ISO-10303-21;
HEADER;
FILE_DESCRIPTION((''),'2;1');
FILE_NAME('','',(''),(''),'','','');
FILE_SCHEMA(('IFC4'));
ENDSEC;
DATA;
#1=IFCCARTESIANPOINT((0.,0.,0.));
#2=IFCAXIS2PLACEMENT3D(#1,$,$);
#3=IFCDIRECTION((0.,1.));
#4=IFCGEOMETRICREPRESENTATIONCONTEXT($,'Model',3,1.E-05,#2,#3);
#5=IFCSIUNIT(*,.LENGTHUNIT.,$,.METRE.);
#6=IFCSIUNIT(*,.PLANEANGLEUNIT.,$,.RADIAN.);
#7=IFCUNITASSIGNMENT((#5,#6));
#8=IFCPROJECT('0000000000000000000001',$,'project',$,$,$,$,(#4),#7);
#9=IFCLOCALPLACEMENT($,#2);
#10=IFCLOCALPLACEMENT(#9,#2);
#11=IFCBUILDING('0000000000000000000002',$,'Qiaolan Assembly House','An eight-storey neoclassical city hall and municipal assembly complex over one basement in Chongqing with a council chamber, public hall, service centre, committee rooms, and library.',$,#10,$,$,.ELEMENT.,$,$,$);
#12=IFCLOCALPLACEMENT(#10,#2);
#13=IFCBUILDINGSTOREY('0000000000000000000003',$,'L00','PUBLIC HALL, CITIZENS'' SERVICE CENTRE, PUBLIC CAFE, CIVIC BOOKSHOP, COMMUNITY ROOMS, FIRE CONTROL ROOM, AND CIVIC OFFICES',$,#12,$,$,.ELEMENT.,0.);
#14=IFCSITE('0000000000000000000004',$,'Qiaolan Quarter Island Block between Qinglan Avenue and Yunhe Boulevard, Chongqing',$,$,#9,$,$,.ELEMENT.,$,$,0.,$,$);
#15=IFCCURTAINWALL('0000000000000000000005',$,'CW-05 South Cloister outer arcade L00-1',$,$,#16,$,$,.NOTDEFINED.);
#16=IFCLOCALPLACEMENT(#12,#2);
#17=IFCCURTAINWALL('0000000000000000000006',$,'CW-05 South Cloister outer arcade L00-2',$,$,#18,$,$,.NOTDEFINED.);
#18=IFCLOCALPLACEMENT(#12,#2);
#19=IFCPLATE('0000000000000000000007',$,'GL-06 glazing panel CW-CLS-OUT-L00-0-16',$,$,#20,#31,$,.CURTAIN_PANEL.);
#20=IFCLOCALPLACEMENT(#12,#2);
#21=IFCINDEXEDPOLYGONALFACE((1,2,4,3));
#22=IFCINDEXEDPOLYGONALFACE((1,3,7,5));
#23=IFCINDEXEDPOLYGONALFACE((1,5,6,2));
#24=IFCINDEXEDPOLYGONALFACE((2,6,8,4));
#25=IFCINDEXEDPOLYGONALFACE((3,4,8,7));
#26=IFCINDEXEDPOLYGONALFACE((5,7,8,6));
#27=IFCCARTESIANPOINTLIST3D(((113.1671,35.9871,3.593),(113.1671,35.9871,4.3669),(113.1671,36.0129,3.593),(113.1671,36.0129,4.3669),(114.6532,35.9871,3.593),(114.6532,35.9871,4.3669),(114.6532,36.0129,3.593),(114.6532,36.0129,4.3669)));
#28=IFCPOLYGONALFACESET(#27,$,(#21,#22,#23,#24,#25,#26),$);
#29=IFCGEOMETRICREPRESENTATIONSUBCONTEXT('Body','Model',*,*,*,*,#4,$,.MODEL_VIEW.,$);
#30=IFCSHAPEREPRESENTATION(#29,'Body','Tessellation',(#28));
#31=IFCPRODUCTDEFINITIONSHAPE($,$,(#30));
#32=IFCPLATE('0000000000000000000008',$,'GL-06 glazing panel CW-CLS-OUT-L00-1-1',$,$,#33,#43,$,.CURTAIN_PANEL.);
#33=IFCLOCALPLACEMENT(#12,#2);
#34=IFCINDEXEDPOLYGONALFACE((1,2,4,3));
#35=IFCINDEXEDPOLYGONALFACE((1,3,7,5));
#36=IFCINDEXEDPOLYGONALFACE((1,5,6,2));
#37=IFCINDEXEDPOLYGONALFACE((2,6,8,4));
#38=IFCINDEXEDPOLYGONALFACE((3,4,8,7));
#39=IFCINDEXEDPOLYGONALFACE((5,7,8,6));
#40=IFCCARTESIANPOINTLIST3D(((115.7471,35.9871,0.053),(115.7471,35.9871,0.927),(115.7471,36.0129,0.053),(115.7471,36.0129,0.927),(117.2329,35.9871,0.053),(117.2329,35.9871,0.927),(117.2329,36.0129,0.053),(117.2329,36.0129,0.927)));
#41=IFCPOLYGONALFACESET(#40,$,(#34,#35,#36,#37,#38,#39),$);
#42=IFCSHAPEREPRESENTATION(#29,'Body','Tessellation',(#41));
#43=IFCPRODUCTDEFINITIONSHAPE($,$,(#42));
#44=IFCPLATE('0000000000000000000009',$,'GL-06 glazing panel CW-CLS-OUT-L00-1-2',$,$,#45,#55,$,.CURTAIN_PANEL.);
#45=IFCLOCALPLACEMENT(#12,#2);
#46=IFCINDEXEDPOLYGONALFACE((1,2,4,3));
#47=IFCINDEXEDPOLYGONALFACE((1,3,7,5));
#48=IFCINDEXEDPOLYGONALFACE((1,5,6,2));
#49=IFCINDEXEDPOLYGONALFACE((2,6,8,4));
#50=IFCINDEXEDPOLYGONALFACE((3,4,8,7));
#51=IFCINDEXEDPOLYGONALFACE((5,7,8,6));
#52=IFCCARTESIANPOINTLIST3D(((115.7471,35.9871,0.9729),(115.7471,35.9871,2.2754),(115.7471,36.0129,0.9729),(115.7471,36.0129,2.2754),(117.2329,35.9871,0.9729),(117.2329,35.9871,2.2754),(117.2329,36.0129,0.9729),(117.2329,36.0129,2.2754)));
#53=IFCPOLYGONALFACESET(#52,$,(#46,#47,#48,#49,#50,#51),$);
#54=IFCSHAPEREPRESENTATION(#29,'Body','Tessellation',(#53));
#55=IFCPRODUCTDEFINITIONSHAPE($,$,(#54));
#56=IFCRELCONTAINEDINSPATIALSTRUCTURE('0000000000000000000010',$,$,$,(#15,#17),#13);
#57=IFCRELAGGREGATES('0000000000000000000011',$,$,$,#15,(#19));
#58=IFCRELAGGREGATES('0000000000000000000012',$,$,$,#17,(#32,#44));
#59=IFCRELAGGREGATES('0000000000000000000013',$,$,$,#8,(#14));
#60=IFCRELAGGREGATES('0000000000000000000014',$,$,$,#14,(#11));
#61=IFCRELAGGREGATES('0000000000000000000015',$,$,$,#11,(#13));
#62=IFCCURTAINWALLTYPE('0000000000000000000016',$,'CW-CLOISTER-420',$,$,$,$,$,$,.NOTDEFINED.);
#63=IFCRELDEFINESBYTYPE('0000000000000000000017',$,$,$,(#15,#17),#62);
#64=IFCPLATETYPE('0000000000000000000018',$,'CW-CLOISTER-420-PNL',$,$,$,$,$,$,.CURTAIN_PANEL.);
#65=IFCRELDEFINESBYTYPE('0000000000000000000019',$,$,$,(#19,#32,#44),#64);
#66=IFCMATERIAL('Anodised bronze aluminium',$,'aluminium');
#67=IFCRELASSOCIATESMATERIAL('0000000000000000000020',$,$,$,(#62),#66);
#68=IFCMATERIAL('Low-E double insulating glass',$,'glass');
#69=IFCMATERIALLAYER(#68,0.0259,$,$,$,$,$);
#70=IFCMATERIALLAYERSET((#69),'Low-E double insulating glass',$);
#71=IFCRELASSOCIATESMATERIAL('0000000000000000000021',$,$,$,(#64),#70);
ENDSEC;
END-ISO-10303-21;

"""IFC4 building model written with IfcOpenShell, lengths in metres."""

from ifc_helpers import new_model, si_unit, direction, frame, frame_2d, origin, place, context, subcontext, project, spatial, rectangle, extrude, material, layer, layer_set, type_object, element, aggregate, save


model = new_model("IFC4")

# Units and contexts
model_context = context("Model", 3, precision=1e-05, world=origin(), true_north=direction((0.0, 1.0)))
body_context = subcontext(model_context, "Body", "Model", "MODEL_VIEW")
ifc_project = project(units=[si_unit("LENGTHUNIT", "METRE"), si_unit("PLANEANGLEUNIT", "RADIAN")], contexts=[model_context])

# Site, building, storey
site_placement = place(None, origin())
site = spatial("IfcSite", under=ifc_project, at=site_placement, Name="Qiaolan Quarter Island Block between Qinglan Avenue and Yunhe Boulevard, Chongqing", CompositionType="ELEMENT", RefElevation=0.0)
building_placement = place(site_placement, origin())
building = spatial("IfcBuilding", under=site, at=building_placement, Name="Qiaolan Assembly House", Description="An eight-storey neoclassical city hall and municipal assembly complex over one basement in Chongqing with a council chamber, public hall, service centre, committee rooms, and library.", CompositionType="ELEMENT")
storey_placement = place(building_placement, origin())
storey = spatial("IfcBuildingStorey", under=building, at=storey_placement, Name="L00", Description="PUBLIC HALL, CITIZENS' SERVICE CENTRE, PUBLIC CAFE, CIVIC BOOKSHOP, COMMUNITY ROOMS, FIRE CONTROL ROOM, AND CIVIC OFFICES", CompositionType="ELEMENT", Elevation=0.0)

# Curtain wall
ifc_material_1 = material(Name="Anodised bronze aluminium", Category="aluminium")
curtain_wall_type = type_object("IfcCurtainWallType", Name="CW-CLOISTER-420", PredefinedType="NOTDEFINED", material=ifc_material_1)
curtain_wall_1_placement = place(storey_placement, origin())
curtain_wall_1 = element("IfcCurtainWall", 1, at=curtain_wall_1_placement, inside=storey, type_object=curtain_wall_type, Name="CW-05 South Cloister outer arcade L00-1", PredefinedType="NOTDEFINED")

# Curtain wall
curtain_wall_2_placement = place(storey_placement, origin())
curtain_wall_2 = element("IfcCurtainWall", 2, at=curtain_wall_2_placement, inside=storey, type_object=curtain_wall_type, Name="CW-05 South Cloister outer arcade L00-2", PredefinedType="NOTDEFINED")

# Plates
ifc_material_2 = material(Name="Low-E double insulating glass", Category="glass")
ifc_layer = layer(ifc_material_2, 0.0259)
ifc_layer_set = layer_set([ifc_layer], Name="Low-E double insulating glass")
plate_type = type_object("IfcPlateType", Name="CW-CLOISTER-420-PNL", PredefinedType="CURTAIN_PANEL", material=ifc_layer_set)
plate_1_placement = place(storey_placement, frame((113.167, 36.0, 3.593), z_axis=(0.0, 0.0, 1.0), x_axis=(1.0, 0.0, 0.0)))
plate_1 = element("IfcPlate", 3, at=plate_1_placement, type_object=plate_type, Name="GL-06 glazing panel CW-CLS-OUT-L00-0-16", PredefinedType="CURTAIN_PANEL", context=body_context, shape_type="SweptSolid", body=[
    extrude(rectangle(XDim=1.4861, YDim=0.0259, at=frame_2d((0.7432, 0.0))), origin(), (0.0, 0.0, 1.0), 0.7739),
])
aggregate(curtain_wall_1, [plate_1])
plate_2_placement = place(storey_placement, frame((115.7471, 36.0, 0.053), z_axis=(0.0, 0.0, 1.0), x_axis=(1.0, 0.0, 0.0)))
plate_2 = element("IfcPlate", 4, at=plate_2_placement, type_object=plate_type, Name="GL-06 glazing panel CW-CLS-OUT-L00-1-1", PredefinedType="CURTAIN_PANEL", context=body_context, shape_type="SweptSolid", body=[
    extrude(rectangle(XDim=1.4858, YDim=0.0259, at=frame_2d((0.7429, 0.0))), origin(), (0.0, 0.0, 1.0), 0.874),
])
plate_3_placement = place(storey_placement, frame((115.7471, 36.0, 0.9729), z_axis=(0.0, 0.0, 1.0), x_axis=(1.0, 0.0, 0.0)))
plate_3 = element("IfcPlate", 5, at=plate_3_placement, type_object=plate_type, Name="GL-06 glazing panel CW-CLS-OUT-L00-1-2", PredefinedType="CURTAIN_PANEL", context=body_context, shape_type="SweptSolid", body=[
    extrude(rectangle(XDim=1.4858, YDim=0.0259, at=frame_2d((0.7429, 0.0))), origin(), (0.0, 0.0, 1.0), 1.3025),
])
aggregate(curtain_wall_2, [plate_2, plate_3])

save(model, "model.ifc")
